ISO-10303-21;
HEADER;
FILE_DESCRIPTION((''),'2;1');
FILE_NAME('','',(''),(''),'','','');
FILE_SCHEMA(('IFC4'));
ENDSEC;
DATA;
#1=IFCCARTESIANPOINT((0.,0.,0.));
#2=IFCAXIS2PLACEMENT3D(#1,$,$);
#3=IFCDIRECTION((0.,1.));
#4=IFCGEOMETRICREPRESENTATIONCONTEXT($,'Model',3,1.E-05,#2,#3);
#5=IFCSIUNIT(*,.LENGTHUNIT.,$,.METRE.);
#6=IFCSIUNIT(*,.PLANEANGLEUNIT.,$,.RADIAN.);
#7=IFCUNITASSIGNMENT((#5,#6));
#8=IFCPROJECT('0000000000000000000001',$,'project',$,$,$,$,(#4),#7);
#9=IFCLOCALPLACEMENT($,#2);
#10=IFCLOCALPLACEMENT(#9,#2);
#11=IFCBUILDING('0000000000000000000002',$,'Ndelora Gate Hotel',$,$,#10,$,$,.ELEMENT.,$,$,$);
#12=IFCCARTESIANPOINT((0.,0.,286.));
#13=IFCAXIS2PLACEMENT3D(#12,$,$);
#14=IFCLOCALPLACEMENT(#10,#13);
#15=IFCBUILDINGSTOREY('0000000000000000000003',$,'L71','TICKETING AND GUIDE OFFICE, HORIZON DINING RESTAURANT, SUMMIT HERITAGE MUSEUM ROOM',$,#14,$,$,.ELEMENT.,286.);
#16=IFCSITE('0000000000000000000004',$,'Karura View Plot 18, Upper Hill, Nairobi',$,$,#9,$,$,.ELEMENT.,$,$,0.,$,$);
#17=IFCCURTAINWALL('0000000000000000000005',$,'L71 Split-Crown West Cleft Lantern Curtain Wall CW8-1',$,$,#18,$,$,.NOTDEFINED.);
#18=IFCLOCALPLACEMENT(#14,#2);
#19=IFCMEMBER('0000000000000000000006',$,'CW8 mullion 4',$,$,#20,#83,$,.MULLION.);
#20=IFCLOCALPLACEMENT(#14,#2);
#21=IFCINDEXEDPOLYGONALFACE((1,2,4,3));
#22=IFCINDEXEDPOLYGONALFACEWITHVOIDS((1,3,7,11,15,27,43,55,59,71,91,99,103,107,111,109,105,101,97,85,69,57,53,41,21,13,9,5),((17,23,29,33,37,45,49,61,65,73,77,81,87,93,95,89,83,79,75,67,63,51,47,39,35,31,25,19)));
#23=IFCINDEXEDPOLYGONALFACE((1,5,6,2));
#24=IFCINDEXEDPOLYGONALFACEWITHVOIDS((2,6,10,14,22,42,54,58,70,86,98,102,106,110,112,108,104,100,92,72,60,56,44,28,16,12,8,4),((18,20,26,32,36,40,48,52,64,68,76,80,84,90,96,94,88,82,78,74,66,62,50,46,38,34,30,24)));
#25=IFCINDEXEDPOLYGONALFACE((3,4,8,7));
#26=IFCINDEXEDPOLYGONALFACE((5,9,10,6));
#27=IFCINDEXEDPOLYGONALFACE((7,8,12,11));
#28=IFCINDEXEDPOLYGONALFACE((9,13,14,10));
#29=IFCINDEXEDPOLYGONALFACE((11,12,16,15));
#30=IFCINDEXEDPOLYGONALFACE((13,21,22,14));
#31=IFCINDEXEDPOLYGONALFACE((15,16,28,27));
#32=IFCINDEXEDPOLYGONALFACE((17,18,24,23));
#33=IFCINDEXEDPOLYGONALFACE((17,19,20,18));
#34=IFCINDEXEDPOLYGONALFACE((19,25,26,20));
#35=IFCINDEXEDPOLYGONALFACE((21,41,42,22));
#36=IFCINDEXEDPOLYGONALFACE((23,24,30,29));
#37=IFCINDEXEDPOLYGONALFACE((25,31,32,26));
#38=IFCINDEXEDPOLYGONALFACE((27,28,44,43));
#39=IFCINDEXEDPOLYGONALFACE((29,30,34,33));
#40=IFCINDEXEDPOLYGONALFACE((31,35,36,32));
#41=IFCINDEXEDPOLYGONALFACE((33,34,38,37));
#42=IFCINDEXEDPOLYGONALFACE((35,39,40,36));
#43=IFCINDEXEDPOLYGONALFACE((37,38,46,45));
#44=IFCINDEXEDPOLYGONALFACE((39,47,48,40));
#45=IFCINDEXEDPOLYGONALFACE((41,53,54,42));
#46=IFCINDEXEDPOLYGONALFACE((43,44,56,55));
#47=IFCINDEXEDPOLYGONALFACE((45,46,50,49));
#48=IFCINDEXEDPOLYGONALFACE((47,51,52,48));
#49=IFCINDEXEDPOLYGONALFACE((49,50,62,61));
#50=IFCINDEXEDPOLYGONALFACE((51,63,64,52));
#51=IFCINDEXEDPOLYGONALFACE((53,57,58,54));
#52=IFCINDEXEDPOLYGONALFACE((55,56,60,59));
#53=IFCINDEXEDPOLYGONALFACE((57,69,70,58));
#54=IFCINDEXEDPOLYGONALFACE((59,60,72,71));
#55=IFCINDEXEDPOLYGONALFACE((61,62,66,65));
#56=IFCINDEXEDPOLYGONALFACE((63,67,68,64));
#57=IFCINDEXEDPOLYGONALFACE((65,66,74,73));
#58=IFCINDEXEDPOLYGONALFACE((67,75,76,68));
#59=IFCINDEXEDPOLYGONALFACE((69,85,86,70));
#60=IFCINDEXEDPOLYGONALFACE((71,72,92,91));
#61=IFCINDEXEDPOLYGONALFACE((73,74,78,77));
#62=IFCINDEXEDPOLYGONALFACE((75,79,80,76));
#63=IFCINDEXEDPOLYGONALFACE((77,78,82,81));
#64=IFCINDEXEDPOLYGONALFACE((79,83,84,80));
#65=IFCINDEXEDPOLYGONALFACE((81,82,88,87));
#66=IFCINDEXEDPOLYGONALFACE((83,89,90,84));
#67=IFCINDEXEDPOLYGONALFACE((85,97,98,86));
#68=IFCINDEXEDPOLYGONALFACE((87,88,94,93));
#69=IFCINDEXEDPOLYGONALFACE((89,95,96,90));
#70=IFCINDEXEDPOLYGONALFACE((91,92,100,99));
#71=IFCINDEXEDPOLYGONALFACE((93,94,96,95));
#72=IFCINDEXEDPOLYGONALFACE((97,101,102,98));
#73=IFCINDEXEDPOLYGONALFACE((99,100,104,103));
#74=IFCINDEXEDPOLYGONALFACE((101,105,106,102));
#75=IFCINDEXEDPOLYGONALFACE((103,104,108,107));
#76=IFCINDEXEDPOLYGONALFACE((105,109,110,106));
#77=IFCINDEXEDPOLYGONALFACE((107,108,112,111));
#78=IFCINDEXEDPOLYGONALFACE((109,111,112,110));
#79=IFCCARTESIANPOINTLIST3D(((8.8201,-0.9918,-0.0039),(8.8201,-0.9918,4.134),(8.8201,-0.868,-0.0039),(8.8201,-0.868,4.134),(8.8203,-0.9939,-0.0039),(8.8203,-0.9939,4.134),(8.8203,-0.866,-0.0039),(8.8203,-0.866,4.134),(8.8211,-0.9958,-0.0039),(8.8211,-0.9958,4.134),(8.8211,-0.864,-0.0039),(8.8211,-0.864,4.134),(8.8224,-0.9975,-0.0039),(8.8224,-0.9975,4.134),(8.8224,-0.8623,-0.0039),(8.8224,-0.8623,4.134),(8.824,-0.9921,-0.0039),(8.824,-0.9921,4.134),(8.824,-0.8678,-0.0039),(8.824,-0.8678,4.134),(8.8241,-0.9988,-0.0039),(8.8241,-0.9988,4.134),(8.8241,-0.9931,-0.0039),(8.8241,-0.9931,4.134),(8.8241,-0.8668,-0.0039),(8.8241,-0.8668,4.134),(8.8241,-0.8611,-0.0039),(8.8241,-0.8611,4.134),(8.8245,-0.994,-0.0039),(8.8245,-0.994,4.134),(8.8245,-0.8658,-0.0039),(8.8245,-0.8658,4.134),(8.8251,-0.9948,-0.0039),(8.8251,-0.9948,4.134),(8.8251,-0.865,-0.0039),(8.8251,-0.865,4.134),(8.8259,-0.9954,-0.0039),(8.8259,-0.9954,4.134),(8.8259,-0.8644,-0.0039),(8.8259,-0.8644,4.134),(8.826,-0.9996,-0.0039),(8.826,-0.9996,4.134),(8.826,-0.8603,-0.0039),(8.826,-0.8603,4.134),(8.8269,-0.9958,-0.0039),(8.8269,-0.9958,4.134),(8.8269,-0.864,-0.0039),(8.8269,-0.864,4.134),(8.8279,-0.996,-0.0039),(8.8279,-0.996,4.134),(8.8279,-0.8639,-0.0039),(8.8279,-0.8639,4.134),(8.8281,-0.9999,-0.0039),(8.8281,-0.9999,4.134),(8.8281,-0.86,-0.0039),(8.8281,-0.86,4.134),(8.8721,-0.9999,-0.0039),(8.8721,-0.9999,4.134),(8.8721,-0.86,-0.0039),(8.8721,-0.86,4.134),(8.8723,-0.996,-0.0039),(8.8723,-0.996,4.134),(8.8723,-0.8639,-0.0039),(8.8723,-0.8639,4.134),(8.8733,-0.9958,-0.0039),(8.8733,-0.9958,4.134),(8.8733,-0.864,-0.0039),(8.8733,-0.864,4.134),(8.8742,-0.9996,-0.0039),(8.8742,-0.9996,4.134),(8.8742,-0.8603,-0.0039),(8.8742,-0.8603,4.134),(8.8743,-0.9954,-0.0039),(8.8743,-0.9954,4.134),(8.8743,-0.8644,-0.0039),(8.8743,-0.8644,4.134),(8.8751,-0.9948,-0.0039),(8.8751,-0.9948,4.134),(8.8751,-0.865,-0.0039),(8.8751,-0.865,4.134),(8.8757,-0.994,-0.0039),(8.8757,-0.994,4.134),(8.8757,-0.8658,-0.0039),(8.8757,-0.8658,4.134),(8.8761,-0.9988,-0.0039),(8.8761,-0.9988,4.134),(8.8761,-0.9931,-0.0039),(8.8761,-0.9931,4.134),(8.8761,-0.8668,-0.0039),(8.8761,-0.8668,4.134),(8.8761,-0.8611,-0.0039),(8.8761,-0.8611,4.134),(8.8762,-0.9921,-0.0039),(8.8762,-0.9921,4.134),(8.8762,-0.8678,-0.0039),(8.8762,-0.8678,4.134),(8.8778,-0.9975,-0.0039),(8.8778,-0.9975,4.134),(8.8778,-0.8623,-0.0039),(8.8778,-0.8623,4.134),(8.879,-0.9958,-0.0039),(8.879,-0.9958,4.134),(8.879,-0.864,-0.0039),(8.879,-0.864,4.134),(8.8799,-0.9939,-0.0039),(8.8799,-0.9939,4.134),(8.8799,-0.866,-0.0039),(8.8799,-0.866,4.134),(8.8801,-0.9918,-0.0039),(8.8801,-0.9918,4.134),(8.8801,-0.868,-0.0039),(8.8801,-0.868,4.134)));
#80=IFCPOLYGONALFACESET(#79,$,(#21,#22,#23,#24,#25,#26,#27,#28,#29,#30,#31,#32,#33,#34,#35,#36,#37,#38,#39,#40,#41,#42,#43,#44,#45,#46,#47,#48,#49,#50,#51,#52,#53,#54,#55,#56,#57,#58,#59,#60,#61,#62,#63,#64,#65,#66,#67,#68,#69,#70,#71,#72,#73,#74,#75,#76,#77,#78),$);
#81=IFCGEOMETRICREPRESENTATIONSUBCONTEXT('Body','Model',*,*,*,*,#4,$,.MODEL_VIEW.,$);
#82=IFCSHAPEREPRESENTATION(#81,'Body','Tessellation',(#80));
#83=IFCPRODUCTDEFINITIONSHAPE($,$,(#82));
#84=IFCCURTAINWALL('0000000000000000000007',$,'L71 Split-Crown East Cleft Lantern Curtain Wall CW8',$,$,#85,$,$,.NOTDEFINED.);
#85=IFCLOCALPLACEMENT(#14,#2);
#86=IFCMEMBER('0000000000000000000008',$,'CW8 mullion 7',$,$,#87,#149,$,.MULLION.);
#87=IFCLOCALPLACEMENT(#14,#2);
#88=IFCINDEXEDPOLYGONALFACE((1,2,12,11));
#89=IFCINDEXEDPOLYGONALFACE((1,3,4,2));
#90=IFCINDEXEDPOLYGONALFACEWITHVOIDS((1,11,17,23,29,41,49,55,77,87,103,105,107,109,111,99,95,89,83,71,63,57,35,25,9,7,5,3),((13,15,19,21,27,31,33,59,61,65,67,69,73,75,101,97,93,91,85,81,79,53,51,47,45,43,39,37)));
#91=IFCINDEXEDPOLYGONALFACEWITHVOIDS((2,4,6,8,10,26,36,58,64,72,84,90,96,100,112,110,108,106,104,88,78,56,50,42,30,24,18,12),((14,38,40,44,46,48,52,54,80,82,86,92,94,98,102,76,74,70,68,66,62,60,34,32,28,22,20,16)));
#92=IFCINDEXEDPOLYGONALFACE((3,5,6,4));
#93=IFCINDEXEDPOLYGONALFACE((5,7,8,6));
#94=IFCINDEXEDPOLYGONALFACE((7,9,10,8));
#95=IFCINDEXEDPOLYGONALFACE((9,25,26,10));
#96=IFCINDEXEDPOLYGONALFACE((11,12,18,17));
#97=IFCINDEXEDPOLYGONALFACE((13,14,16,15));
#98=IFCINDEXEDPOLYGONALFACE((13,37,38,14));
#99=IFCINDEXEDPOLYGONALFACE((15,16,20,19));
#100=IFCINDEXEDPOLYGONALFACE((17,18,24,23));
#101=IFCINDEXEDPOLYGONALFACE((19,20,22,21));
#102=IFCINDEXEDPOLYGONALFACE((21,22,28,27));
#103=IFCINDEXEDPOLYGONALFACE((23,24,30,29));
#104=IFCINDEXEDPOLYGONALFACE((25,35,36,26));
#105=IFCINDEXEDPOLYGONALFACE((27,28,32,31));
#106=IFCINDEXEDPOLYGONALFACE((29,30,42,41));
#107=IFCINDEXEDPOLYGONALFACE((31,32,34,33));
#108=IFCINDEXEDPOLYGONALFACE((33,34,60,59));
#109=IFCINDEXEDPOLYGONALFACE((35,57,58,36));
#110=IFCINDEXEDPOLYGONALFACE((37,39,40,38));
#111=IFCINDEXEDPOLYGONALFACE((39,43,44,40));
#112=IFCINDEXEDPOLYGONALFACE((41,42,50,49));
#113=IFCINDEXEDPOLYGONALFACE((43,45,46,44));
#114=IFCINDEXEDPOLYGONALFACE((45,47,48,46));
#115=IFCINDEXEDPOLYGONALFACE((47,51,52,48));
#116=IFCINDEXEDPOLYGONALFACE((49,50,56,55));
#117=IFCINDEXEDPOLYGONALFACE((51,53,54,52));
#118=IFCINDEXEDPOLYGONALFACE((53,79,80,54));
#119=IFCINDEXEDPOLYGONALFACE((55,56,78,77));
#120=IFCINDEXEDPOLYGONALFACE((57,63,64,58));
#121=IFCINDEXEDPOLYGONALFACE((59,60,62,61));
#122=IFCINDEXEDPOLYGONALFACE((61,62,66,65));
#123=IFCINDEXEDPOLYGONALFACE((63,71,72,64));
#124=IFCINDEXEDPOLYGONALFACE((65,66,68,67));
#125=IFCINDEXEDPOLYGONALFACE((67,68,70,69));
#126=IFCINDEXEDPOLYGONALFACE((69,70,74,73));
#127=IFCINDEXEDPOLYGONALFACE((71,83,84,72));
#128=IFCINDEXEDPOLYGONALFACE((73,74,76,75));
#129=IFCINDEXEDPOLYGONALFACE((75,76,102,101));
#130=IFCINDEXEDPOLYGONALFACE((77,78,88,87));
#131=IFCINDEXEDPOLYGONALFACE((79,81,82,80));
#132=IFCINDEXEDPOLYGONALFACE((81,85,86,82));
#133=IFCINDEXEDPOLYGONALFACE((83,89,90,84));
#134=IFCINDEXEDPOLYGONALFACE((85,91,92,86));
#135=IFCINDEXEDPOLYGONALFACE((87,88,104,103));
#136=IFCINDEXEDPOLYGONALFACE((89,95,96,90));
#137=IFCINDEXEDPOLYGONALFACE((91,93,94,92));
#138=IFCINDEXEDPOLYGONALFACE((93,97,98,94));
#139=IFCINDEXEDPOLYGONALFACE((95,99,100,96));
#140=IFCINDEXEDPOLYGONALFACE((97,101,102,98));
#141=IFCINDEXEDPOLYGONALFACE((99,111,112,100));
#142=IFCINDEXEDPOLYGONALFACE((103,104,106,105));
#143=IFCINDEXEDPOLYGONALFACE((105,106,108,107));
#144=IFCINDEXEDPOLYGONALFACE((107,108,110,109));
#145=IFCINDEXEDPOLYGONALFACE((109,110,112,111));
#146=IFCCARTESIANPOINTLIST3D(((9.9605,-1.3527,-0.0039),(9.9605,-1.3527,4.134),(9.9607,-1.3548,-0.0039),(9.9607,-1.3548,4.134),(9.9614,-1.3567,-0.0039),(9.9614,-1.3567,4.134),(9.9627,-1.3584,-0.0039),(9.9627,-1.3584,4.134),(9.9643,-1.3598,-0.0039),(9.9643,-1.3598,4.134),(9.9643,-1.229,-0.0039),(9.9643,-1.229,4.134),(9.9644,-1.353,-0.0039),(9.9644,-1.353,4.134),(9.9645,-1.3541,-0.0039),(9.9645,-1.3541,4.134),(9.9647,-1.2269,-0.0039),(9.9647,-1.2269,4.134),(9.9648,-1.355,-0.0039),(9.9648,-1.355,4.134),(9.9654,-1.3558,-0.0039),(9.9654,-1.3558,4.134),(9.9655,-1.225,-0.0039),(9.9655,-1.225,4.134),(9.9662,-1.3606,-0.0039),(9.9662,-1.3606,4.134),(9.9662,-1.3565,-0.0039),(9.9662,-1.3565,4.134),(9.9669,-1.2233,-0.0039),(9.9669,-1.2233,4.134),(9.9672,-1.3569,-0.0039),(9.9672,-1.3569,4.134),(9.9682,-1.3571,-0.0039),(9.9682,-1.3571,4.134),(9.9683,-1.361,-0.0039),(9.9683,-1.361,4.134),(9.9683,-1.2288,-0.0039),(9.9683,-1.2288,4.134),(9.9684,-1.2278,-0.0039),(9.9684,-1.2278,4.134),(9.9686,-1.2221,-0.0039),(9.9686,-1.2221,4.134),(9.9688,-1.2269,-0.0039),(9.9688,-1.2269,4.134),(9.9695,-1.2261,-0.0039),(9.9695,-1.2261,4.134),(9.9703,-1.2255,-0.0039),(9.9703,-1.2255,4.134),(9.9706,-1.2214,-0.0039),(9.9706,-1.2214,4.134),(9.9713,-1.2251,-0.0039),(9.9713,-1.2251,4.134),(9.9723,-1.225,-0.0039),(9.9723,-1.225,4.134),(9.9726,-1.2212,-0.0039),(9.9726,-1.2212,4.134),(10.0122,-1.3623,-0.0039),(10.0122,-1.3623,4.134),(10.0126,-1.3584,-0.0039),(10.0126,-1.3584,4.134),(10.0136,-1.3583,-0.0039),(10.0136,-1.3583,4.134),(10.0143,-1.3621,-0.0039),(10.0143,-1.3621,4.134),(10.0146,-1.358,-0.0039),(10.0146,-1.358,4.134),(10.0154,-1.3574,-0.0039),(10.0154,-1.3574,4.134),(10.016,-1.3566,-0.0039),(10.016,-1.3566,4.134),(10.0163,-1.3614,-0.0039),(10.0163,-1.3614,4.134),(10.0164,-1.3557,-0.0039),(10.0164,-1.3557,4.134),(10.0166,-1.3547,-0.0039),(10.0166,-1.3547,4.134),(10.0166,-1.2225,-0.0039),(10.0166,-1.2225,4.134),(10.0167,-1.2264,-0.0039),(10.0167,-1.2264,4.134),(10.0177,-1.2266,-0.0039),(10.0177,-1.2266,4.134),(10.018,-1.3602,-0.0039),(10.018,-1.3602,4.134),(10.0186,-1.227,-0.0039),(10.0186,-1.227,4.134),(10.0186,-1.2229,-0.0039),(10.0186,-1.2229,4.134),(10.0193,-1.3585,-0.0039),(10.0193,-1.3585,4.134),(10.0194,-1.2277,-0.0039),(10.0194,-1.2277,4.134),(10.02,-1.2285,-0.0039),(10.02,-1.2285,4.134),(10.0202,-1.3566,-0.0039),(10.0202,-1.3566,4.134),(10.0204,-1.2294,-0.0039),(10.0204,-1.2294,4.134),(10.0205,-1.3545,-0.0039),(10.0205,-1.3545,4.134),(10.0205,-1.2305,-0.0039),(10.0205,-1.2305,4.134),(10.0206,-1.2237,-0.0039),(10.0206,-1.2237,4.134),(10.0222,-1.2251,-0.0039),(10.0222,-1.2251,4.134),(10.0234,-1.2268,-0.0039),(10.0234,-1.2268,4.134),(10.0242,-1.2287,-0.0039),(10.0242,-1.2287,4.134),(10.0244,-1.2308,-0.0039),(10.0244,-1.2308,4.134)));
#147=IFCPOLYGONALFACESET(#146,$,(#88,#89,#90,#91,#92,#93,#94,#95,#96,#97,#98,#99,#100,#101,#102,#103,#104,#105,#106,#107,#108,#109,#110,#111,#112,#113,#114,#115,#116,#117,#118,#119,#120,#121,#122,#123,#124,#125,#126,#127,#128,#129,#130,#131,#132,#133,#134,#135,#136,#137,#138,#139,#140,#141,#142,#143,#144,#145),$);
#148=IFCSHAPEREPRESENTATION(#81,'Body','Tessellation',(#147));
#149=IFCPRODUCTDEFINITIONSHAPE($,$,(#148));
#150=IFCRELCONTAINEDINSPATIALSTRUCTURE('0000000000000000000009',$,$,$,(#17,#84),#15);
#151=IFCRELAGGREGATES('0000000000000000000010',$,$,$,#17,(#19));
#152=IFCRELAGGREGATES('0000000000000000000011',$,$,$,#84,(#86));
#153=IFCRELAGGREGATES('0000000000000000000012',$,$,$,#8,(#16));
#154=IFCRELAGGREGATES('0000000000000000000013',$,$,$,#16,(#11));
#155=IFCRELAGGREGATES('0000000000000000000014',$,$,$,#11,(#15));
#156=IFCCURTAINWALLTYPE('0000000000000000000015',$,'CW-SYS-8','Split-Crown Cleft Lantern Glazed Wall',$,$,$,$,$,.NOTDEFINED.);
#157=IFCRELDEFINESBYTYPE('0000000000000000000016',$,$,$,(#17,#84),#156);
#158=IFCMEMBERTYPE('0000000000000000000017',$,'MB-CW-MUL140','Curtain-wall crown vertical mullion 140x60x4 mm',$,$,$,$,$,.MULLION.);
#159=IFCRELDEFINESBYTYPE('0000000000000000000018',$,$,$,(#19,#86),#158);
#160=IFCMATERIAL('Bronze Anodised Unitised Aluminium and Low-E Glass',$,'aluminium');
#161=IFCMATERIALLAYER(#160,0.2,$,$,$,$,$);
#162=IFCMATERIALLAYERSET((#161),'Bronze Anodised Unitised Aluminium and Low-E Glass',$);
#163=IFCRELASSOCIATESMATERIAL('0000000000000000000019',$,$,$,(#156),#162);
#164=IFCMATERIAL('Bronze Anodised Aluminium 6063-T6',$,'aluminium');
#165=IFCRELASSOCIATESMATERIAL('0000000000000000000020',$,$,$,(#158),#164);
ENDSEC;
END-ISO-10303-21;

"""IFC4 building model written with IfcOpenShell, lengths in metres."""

from ifc_helpers import new_model, si_unit, direction, frame, origin, origin_2d, place, context, subcontext, project, spatial, hollow_rectangle, extrude, material, layer, layer_set, material_profile, profile_set, type_object, element, aggregate, save


model = new_model("IFC4")

# Units and contexts
model_context = context("Model", 3, precision=1e-05, world=origin(), true_north=direction((0.0, 1.0)))
body_context = subcontext(model_context, "Body", "Model", "MODEL_VIEW")
ifc_project = project(units=[si_unit("LENGTHUNIT", "METRE"), si_unit("PLANEANGLEUNIT", "RADIAN")], contexts=[model_context])

# Site, building, storey
site_placement = place(None, origin())
site = spatial("IfcSite", under=ifc_project, at=site_placement, Name="Karura View Plot 18, Upper Hill, Nairobi", CompositionType="ELEMENT", RefElevation=0.0)
building_placement = place(site_placement, origin())
building = spatial("IfcBuilding", under=site, at=building_placement, Name="Ndelora Gate Hotel", CompositionType="ELEMENT")
storey_placement = place(building_placement, frame((0.0, 0.0, 286.0)))
storey = spatial("IfcBuildingStorey", under=building, at=storey_placement, Name="L71", Description="TICKETING AND GUIDE OFFICE, HORIZON DINING RESTAURANT, SUMMIT HERITAGE MUSEUM ROOM", CompositionType="ELEMENT", Elevation=286.0)

# Curtain wall, member
ifc_material_1 = material(Name="Bronze Anodised Unitised Aluminium and Low-E Glass", Category="aluminium")
ifc_layer_1 = layer(ifc_material_1, 0.2)
ifc_layer_set_1 = layer_set([ifc_layer_1], Name="Bronze Anodised Unitised Aluminium and Low-E Glass")
curtain_wall_type = type_object("IfcCurtainWallType", Name="CW-SYS-8", Description="Split-Crown Cleft Lantern Glazed Wall", PredefinedType="NOTDEFINED", material=ifc_layer_set_1)
curtain_wall_1_placement = place(storey_placement, origin())
curtain_wall_1 = element("IfcCurtainWall", 1, at=curtain_wall_1_placement, inside=storey, type_object=curtain_wall_type, Name="L71 Split-Crown West Cleft Lantern Curtain Wall CW8-1", PredefinedType="NOTDEFINED")
ifc_material_2 = material(Name="Bronze Anodised Aluminium 6063-T6", Category="aluminium")
ifc_material_profile_1 = material_profile(ifc_material_2, hollow_rectangle(XDim=0.0601, YDim=0.1399, WallThickness=0.0039, InnerFilletRadius=0.0039, OuterFilletRadius=0.0081, at=origin_2d()), Name="ALU 140x60x4")
ifc_profile_set_1 = profile_set([ifc_material_profile_1], Name="Bronze Anodised Aluminium 6063-T6")
member_type_1 = type_object("IfcMemberType", Name="MB-CW-MUL140", Description="Curtain-wall crown vertical mullion 140x60x4 mm", PredefinedType="MULLION", material=ifc_profile_set_1)
member_1_placement = place(storey_placement, frame((8.8501, -0.9299, -0.0039), z_axis=(0.0, 0.0, 1.0), x_axis=(-1.0, 0.0, 0.0)))
member_1 = element("IfcMember", 2, at=member_1_placement, type_object=member_type_1, Name="CW8 mullion 4", PredefinedType="MULLION", context=body_context, shape_type="SweptSolid", body=[
    extrude(hollow_rectangle(XDim=0.0601, YDim=0.1399, WallThickness=0.0039, InnerFilletRadius=0.0039, OuterFilletRadius=0.0081, at=origin_2d()), origin(), (0.0, 0.0, 1.0), 4.1379),
])

# Curtain wall, member
curtain_wall_2_placement = place(storey_placement, origin())
curtain_wall_2 = element("IfcCurtainWall", 3, at=curtain_wall_2_placement, inside=storey, type_object=curtain_wall_type, Name="L71 Split-Crown East Cleft Lantern Curtain Wall CW8", PredefinedType="NOTDEFINED")
member_2_placement = place(storey_placement, frame((9.9924, -1.2917, -0.0039), z_axis=(0.0, 0.0, 1.0), x_axis=(0.999515, -0.031131, 0.0)))
member_2 = element("IfcMember", 4, at=member_2_placement, type_object=member_type_1, Name="CW8 mullion 7", PredefinedType="MULLION", context=body_context, shape_type="SweptSolid", body=[
    extrude(hollow_rectangle(XDim=0.0601, YDim=0.1399, WallThickness=0.0039, InnerFilletRadius=0.0039, OuterFilletRadius=0.0081, at=origin_2d()), origin(), (0.0, 0.0, 1.0), 4.1379),
])

aggregate(curtain_wall_1, [member_1])
aggregate(curtain_wall_2, [member_2])

save(model, "model.ifc")
